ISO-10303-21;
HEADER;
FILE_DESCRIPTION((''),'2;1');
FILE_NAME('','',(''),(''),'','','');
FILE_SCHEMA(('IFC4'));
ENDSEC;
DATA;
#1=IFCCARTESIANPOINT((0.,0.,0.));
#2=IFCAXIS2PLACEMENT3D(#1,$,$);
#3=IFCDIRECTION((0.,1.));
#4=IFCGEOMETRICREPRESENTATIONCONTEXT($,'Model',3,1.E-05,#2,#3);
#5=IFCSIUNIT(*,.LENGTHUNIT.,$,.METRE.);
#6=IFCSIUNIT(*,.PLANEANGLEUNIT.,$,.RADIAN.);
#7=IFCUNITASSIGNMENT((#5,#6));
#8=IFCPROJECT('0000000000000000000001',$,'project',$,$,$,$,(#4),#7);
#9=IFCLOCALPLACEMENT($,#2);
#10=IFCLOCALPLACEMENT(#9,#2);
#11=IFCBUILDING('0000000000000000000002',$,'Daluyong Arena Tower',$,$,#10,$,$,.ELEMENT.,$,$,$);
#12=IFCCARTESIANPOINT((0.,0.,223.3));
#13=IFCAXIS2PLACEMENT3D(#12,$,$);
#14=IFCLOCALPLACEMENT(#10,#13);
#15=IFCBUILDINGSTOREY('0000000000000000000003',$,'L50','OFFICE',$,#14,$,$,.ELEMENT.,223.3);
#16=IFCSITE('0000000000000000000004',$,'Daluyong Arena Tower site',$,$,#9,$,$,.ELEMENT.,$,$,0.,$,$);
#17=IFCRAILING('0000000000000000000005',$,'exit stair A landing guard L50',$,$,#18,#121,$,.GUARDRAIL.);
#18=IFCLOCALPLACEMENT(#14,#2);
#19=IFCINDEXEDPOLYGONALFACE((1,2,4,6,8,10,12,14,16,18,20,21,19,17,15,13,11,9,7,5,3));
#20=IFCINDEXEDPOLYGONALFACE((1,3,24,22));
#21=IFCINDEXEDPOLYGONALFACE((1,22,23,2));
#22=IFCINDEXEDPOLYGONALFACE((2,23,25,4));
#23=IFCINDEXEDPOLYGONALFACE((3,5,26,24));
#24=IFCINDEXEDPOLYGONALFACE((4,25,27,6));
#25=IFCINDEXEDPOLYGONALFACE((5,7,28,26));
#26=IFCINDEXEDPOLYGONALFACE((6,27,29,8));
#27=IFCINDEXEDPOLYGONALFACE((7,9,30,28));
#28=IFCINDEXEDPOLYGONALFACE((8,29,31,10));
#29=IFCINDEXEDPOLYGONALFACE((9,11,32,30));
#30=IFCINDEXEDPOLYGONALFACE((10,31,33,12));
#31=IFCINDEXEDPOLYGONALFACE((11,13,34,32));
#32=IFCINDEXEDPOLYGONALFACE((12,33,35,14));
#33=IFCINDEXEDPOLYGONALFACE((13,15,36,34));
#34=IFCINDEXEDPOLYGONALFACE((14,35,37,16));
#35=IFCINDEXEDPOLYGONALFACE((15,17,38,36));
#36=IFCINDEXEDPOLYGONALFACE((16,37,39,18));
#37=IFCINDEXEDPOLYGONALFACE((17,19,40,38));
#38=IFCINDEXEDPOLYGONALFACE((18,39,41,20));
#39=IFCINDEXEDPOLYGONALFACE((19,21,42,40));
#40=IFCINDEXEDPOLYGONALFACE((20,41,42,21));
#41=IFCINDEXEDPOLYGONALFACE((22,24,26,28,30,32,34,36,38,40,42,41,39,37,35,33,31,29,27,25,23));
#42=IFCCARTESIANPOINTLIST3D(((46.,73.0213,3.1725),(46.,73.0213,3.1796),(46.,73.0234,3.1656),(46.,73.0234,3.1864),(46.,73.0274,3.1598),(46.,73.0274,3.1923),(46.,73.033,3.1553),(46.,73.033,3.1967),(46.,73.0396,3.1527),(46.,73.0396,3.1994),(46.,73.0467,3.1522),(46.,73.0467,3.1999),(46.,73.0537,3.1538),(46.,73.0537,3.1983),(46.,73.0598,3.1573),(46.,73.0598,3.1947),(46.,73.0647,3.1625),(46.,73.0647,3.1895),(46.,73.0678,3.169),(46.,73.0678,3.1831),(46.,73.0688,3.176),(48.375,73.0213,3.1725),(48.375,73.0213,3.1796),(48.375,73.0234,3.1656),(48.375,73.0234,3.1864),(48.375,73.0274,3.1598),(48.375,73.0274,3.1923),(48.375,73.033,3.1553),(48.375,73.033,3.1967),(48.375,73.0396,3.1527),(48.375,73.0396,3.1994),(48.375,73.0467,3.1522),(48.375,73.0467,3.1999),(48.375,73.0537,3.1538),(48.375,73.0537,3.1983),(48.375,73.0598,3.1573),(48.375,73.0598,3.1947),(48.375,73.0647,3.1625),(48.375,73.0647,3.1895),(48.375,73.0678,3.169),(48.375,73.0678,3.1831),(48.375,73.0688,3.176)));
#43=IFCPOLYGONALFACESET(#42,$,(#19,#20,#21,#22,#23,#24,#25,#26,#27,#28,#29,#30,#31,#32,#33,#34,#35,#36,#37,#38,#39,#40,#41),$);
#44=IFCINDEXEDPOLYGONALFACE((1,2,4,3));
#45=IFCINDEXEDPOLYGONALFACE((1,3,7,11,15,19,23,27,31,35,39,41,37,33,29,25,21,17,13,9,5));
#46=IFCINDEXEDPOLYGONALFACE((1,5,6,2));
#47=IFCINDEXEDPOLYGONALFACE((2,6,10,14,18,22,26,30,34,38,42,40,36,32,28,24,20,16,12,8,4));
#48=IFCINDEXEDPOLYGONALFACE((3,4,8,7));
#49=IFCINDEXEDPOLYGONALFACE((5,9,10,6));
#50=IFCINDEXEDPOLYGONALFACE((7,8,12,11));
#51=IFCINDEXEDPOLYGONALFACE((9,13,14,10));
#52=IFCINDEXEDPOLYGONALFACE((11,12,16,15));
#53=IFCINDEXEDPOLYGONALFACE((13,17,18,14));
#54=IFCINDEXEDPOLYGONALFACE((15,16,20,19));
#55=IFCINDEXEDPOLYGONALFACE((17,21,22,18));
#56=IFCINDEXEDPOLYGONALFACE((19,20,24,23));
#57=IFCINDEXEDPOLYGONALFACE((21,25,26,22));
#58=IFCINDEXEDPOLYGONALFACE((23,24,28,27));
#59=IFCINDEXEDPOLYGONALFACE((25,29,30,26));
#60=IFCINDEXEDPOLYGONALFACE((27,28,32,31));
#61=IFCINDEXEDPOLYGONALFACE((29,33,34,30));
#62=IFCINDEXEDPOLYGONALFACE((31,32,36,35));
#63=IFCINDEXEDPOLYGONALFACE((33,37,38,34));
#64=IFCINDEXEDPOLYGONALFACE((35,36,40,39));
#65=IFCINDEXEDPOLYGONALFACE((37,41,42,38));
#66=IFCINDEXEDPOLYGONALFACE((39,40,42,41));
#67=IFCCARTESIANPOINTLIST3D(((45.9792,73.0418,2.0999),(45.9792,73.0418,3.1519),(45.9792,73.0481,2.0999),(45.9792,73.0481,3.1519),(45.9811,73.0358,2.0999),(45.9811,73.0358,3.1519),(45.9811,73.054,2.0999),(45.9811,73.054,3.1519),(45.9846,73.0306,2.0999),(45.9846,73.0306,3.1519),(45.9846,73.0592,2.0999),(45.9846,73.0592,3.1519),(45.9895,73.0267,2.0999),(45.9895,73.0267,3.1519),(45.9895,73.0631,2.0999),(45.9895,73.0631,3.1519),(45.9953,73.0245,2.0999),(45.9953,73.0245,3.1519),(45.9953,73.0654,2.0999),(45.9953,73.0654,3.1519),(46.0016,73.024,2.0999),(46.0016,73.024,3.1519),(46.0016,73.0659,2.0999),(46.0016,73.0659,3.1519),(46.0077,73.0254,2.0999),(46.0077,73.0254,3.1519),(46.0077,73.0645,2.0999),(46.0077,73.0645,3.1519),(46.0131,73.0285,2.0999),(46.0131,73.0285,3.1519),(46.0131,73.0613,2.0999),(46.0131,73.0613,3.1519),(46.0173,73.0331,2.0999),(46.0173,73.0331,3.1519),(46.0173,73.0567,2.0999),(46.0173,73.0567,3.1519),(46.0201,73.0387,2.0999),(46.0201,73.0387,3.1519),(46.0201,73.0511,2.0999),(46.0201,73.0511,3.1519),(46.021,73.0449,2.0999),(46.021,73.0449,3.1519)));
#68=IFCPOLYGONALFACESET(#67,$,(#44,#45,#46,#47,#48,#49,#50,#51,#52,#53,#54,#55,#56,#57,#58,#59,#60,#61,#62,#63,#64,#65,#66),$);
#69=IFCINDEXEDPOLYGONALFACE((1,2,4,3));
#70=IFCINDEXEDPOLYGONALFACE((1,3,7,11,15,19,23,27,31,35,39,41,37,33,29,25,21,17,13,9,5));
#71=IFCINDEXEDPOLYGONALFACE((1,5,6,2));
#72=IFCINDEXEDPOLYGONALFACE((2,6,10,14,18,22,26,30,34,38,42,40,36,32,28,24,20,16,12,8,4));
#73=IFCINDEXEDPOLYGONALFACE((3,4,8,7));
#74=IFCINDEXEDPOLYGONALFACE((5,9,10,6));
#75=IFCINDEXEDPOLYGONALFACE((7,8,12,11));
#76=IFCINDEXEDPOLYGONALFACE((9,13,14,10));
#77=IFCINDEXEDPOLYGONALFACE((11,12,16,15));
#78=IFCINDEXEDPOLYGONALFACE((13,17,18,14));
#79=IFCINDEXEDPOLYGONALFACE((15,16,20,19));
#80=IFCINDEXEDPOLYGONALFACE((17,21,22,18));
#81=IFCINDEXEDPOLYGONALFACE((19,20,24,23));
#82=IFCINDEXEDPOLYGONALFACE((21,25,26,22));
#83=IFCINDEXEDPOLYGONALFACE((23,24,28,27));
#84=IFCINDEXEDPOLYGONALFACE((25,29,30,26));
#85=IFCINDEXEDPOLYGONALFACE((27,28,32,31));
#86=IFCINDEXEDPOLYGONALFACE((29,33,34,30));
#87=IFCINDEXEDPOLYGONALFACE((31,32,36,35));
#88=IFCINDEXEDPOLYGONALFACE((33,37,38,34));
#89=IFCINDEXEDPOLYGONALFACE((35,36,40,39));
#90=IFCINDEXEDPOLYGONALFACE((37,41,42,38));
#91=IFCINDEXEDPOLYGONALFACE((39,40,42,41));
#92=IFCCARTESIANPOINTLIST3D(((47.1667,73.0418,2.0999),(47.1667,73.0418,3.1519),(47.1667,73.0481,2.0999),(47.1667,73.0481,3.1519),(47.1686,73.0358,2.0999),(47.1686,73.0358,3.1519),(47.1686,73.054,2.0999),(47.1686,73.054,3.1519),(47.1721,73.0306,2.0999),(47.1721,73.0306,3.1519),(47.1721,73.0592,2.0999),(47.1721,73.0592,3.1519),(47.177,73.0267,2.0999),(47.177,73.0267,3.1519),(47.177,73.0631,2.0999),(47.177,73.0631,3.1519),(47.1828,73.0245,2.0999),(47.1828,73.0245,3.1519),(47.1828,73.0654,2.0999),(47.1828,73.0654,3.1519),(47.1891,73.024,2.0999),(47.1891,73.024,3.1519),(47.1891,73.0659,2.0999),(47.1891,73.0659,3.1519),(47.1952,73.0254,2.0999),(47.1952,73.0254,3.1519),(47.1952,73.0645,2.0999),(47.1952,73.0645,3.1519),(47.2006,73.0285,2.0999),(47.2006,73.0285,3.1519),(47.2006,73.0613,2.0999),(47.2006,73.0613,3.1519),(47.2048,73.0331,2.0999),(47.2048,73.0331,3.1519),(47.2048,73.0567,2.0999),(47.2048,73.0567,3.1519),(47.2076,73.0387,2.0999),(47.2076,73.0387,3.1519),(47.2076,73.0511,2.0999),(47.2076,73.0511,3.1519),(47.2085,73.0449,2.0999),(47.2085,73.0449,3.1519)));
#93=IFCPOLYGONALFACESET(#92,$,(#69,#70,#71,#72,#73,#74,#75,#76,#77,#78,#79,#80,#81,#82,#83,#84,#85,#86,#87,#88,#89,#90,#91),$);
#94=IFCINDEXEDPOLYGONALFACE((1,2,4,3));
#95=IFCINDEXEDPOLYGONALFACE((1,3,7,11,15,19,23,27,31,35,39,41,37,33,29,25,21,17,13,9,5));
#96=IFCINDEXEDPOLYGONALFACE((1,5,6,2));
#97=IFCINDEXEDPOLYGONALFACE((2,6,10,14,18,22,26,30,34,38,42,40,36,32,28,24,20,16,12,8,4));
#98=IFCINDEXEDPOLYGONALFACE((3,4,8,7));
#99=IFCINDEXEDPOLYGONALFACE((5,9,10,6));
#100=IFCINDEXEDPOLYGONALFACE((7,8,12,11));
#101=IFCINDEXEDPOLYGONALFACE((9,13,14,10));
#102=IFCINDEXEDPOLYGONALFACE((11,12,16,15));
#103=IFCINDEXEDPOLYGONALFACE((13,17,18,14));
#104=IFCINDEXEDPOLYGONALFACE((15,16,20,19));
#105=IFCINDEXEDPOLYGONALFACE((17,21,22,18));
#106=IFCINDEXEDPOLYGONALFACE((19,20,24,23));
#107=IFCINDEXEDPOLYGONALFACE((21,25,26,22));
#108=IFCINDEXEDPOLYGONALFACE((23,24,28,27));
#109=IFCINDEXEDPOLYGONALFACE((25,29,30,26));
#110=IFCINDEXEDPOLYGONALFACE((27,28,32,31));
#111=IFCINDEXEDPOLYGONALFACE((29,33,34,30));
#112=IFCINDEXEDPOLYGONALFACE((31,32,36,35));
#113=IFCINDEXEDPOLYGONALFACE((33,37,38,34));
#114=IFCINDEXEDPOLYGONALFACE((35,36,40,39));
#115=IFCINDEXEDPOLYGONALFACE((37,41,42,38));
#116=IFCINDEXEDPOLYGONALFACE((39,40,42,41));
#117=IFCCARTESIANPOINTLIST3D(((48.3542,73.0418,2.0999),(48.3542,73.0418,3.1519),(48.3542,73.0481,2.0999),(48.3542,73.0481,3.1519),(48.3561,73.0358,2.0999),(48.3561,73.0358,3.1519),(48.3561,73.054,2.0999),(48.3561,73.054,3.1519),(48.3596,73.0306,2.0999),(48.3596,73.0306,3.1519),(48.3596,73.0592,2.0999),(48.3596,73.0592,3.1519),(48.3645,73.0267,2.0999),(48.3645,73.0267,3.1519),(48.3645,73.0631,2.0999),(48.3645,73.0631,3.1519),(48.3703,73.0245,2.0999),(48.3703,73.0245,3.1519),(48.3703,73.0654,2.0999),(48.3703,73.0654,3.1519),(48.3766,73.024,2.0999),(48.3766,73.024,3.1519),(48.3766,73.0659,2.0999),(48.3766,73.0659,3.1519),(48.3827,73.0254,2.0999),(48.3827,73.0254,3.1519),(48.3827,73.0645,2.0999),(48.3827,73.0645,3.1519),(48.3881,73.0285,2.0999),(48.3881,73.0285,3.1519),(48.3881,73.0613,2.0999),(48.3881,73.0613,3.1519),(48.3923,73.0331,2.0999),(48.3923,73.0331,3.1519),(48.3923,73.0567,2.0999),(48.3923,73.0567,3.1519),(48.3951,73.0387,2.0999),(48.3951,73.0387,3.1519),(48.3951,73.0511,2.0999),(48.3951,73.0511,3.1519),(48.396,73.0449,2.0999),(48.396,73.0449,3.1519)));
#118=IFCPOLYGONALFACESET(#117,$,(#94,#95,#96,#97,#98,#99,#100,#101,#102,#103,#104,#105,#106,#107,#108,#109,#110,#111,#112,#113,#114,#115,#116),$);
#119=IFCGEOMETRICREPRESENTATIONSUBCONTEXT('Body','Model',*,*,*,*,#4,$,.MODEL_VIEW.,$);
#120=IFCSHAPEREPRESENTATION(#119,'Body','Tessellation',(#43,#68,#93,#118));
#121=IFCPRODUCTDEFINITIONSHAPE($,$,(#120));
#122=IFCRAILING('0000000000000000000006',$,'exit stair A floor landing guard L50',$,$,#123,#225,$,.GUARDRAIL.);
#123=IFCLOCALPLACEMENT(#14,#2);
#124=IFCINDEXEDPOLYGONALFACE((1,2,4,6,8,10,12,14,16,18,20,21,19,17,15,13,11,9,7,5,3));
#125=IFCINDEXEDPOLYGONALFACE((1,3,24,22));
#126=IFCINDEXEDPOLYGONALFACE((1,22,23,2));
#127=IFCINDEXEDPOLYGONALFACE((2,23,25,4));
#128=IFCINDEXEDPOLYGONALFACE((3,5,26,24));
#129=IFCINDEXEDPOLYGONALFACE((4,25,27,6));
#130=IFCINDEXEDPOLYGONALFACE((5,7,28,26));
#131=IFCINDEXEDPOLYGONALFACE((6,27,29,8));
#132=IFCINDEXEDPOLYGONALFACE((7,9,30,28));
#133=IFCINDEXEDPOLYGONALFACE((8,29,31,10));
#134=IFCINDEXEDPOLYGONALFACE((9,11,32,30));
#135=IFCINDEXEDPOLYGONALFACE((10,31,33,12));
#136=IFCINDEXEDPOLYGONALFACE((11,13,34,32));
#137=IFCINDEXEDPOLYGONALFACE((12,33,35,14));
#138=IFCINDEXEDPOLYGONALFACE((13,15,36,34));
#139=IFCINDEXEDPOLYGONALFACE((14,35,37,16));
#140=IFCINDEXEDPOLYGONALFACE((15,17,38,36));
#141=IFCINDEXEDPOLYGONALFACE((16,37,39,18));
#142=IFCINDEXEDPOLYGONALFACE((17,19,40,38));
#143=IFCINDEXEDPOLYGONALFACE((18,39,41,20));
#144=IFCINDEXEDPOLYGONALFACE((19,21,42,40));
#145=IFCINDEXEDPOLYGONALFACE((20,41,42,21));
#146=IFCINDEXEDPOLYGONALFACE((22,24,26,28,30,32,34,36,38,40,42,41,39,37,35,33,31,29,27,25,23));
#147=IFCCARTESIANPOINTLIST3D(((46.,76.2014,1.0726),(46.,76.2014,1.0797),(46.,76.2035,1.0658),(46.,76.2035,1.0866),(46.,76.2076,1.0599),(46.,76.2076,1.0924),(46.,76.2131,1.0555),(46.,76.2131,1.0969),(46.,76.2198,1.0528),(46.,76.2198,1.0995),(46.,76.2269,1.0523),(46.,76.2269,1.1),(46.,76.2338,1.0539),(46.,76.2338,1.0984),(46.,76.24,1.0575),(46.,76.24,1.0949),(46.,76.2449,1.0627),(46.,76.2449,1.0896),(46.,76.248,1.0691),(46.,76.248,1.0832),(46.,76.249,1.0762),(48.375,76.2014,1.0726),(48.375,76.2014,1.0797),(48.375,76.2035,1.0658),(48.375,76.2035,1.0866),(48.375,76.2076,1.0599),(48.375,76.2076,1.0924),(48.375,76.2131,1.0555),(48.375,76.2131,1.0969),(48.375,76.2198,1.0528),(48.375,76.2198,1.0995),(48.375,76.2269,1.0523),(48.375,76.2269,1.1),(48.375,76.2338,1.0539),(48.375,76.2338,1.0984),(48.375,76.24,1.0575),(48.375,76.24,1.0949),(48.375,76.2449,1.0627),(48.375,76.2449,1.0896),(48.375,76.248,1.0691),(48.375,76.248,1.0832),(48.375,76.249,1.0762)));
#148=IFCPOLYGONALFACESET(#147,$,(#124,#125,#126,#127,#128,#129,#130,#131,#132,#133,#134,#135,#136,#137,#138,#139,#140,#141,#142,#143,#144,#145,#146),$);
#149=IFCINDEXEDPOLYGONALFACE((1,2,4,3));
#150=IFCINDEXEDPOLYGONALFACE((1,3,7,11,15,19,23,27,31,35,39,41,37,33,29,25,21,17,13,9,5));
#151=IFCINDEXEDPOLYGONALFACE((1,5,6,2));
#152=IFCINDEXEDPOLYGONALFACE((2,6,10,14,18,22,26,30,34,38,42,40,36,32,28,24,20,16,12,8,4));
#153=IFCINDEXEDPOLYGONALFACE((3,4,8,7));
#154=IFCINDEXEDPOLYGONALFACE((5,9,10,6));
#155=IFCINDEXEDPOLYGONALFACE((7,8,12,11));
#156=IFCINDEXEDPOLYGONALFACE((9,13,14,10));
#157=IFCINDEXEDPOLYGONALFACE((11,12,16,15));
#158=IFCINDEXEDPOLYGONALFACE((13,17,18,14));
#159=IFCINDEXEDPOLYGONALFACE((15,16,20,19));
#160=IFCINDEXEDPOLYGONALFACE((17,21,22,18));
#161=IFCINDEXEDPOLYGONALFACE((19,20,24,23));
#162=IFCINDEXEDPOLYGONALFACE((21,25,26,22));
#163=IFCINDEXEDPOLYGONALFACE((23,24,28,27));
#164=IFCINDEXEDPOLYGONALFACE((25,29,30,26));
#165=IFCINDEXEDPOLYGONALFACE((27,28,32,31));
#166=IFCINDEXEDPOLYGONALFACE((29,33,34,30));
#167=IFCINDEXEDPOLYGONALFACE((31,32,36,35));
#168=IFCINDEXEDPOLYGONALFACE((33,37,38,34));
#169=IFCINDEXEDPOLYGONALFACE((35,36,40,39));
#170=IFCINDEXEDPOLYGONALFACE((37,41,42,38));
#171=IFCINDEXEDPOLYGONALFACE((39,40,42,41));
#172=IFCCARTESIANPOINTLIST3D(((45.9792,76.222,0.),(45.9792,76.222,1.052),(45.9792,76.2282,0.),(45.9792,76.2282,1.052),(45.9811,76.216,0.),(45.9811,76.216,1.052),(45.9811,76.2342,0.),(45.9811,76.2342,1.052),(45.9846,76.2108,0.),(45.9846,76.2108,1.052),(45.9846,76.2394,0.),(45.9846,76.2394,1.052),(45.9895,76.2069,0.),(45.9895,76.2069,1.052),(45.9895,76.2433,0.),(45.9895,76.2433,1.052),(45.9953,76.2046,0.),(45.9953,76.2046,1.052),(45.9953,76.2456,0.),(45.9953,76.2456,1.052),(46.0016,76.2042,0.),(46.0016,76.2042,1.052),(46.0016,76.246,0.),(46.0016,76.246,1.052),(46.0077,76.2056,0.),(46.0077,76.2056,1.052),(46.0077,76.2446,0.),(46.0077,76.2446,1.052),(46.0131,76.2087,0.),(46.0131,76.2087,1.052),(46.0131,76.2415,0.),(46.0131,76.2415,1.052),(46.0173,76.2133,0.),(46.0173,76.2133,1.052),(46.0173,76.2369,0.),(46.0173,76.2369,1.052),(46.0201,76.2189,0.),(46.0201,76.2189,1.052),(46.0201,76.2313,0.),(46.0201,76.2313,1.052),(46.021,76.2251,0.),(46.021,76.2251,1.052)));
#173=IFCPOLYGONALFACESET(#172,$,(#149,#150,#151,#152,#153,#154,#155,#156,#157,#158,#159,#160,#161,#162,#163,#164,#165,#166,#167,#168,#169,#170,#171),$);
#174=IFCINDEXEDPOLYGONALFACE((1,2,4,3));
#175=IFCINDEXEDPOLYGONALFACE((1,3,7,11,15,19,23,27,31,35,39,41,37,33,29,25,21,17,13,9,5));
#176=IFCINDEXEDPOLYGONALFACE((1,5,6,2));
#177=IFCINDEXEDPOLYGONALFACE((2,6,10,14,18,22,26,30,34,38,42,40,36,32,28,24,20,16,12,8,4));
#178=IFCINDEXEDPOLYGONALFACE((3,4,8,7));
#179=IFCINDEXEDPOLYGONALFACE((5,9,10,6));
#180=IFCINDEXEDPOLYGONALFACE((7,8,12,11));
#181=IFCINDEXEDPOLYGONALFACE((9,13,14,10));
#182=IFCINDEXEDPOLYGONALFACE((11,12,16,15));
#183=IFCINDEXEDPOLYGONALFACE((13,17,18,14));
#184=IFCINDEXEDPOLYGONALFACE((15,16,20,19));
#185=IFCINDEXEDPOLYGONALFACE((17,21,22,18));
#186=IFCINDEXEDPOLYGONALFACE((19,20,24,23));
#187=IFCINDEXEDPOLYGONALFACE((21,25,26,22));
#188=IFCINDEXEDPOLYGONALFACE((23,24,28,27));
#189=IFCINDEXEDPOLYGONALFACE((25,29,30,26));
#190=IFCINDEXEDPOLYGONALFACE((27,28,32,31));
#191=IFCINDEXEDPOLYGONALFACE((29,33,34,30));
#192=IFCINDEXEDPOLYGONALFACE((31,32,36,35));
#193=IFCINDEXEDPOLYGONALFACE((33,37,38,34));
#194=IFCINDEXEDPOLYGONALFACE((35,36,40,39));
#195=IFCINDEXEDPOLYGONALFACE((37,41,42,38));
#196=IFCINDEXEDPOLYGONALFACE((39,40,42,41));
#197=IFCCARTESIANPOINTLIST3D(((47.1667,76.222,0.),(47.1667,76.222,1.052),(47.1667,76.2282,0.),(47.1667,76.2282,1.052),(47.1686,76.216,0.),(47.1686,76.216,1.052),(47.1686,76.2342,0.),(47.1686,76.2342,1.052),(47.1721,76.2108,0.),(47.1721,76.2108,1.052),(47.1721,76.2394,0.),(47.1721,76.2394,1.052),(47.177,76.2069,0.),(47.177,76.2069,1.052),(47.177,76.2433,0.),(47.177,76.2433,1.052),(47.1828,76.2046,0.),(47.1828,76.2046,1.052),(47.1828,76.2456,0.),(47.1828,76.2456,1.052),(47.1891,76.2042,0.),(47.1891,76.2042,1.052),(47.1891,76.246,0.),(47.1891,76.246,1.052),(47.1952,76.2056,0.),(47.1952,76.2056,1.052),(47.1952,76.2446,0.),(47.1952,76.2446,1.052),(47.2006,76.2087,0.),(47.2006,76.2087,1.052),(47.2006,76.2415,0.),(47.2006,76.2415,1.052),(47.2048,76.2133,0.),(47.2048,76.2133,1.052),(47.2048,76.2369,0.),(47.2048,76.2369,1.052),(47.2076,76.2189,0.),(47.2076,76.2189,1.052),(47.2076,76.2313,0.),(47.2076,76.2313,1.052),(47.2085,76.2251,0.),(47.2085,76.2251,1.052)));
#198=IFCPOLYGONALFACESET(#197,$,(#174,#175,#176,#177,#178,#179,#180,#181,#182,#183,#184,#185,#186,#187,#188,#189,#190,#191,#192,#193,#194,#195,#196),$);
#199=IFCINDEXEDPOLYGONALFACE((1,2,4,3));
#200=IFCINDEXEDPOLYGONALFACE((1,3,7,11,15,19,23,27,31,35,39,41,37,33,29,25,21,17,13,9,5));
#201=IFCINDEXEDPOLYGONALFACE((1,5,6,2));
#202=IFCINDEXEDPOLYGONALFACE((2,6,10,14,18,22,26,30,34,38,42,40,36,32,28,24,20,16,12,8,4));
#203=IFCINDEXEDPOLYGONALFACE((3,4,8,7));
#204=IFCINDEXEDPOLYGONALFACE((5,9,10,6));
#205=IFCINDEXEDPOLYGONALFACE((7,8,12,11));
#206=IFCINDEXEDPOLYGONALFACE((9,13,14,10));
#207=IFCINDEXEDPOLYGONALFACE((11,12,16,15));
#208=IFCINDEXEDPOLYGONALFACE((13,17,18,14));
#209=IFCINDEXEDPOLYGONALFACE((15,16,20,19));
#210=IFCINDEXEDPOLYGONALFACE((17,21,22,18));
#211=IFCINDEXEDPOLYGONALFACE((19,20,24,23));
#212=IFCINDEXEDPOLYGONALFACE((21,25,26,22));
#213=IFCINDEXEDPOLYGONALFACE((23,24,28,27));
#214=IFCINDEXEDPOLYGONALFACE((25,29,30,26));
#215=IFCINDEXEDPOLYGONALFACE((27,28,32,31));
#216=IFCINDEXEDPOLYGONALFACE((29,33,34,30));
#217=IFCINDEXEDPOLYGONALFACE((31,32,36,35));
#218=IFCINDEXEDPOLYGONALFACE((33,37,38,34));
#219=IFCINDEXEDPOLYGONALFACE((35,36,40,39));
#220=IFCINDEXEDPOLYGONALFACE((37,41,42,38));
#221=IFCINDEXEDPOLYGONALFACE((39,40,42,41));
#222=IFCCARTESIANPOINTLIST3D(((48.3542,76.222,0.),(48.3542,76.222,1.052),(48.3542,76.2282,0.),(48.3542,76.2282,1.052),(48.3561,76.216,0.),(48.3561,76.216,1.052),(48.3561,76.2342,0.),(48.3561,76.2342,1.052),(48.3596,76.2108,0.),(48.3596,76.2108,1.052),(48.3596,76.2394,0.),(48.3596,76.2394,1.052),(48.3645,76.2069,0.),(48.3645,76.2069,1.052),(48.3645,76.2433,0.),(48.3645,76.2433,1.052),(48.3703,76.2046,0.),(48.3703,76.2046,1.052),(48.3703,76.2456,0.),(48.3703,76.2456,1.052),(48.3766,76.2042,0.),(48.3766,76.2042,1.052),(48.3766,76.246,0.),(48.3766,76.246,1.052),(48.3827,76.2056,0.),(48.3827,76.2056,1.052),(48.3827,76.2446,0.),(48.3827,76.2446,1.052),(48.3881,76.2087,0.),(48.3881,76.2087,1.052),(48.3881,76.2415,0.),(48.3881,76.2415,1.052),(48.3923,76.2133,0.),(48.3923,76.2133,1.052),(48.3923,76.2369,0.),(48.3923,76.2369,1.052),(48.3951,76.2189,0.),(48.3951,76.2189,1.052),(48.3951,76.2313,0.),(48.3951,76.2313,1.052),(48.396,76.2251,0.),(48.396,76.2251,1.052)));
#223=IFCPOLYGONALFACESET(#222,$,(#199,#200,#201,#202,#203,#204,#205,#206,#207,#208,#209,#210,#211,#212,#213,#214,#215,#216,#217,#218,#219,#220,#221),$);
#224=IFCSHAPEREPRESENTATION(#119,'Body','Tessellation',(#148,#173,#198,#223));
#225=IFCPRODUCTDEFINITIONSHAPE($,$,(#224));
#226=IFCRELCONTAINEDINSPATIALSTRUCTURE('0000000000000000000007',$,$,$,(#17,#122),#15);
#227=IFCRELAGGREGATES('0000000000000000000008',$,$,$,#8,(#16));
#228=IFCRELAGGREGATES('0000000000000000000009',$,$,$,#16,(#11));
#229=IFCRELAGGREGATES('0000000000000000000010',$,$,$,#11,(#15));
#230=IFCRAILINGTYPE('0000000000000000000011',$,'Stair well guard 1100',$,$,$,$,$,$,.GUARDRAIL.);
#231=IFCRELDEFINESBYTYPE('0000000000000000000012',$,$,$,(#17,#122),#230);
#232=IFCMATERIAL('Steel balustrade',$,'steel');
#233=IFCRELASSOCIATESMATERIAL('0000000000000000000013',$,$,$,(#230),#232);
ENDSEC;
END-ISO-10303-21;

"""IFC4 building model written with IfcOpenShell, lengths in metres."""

from ifc_helpers import new_model, si_unit, direction, frame, origin, origin_2d, place, context, subcontext, project, spatial, circle, extrude, material, type_object, element, save


model = new_model("IFC4")

# Units and contexts
model_context = context("Model", 3, precision=1e-05, world=origin(), true_north=direction((0.0, 1.0)))
body_context = subcontext(model_context, "Body", "Model", "MODEL_VIEW")
ifc_project = project(units=[si_unit("LENGTHUNIT", "METRE"), si_unit("PLANEANGLEUNIT", "RADIAN")], contexts=[model_context])

# Site, building, storey
site_placement = place(None, origin())
site = spatial("IfcSite", under=ifc_project, at=site_placement, Name="Daluyong Arena Tower site", CompositionType="ELEMENT", RefElevation=0.0)
building_placement = place(site_placement, origin())
building = spatial("IfcBuilding", under=site, at=building_placement, Name="Daluyong Arena Tower", CompositionType="ELEMENT")
storey_placement = place(building_placement, frame((0.0, 0.0, 223.3)))
storey = spatial("IfcBuildingStorey", under=building, at=storey_placement, Name="L50", Description="OFFICE", CompositionType="ELEMENT", Elevation=223.3)

# Railings
ifc_material_1 = material(Name="Steel balustrade", Category="steel")
railing_type_1 = type_object("IfcRailingType", Name="Stair well guard 1100", PredefinedType="GUARDRAIL", material=ifc_material_1)
for number, where, name in (
    (1, (46.0, 73.0449, 2.0999), "exit stair A landing guard L50"),
    (2, (46.0, 76.2251, 0.0), "exit stair A floor landing guard L50"),
):
    element("IfcRailing", number, at=place(storey_placement, frame(where)), inside=storey, type_object=railing_type_1, Name=name, PredefinedType="GUARDRAIL", context=body_context, shape_type="SweptSolid", body=[
        extrude(circle(Radius=0.0239, at=origin_2d()), frame((0.0, 0.0, 1.0762), z_axis=(1.0, 0.0, 0.0), x_axis=(0.0, 1.0, 0.0)), (0.0, 0.0, 1.0), 2.375),
        extrude(circle(Radius=0.021, at=origin_2d()), origin(), (0.0, 0.0, 1.0), 1.052),
        extrude(circle(Radius=0.021, at=origin_2d()), frame((1.1875, 0.0, 0.0)), (0.0, 0.0, 1.0), 1.052),
        extrude(circle(Radius=0.021, at=origin_2d()), frame((2.375, 0.0, 0.0)), (0.0, 0.0, 1.0), 1.052),
    ])

save(model, "model.ifc")
